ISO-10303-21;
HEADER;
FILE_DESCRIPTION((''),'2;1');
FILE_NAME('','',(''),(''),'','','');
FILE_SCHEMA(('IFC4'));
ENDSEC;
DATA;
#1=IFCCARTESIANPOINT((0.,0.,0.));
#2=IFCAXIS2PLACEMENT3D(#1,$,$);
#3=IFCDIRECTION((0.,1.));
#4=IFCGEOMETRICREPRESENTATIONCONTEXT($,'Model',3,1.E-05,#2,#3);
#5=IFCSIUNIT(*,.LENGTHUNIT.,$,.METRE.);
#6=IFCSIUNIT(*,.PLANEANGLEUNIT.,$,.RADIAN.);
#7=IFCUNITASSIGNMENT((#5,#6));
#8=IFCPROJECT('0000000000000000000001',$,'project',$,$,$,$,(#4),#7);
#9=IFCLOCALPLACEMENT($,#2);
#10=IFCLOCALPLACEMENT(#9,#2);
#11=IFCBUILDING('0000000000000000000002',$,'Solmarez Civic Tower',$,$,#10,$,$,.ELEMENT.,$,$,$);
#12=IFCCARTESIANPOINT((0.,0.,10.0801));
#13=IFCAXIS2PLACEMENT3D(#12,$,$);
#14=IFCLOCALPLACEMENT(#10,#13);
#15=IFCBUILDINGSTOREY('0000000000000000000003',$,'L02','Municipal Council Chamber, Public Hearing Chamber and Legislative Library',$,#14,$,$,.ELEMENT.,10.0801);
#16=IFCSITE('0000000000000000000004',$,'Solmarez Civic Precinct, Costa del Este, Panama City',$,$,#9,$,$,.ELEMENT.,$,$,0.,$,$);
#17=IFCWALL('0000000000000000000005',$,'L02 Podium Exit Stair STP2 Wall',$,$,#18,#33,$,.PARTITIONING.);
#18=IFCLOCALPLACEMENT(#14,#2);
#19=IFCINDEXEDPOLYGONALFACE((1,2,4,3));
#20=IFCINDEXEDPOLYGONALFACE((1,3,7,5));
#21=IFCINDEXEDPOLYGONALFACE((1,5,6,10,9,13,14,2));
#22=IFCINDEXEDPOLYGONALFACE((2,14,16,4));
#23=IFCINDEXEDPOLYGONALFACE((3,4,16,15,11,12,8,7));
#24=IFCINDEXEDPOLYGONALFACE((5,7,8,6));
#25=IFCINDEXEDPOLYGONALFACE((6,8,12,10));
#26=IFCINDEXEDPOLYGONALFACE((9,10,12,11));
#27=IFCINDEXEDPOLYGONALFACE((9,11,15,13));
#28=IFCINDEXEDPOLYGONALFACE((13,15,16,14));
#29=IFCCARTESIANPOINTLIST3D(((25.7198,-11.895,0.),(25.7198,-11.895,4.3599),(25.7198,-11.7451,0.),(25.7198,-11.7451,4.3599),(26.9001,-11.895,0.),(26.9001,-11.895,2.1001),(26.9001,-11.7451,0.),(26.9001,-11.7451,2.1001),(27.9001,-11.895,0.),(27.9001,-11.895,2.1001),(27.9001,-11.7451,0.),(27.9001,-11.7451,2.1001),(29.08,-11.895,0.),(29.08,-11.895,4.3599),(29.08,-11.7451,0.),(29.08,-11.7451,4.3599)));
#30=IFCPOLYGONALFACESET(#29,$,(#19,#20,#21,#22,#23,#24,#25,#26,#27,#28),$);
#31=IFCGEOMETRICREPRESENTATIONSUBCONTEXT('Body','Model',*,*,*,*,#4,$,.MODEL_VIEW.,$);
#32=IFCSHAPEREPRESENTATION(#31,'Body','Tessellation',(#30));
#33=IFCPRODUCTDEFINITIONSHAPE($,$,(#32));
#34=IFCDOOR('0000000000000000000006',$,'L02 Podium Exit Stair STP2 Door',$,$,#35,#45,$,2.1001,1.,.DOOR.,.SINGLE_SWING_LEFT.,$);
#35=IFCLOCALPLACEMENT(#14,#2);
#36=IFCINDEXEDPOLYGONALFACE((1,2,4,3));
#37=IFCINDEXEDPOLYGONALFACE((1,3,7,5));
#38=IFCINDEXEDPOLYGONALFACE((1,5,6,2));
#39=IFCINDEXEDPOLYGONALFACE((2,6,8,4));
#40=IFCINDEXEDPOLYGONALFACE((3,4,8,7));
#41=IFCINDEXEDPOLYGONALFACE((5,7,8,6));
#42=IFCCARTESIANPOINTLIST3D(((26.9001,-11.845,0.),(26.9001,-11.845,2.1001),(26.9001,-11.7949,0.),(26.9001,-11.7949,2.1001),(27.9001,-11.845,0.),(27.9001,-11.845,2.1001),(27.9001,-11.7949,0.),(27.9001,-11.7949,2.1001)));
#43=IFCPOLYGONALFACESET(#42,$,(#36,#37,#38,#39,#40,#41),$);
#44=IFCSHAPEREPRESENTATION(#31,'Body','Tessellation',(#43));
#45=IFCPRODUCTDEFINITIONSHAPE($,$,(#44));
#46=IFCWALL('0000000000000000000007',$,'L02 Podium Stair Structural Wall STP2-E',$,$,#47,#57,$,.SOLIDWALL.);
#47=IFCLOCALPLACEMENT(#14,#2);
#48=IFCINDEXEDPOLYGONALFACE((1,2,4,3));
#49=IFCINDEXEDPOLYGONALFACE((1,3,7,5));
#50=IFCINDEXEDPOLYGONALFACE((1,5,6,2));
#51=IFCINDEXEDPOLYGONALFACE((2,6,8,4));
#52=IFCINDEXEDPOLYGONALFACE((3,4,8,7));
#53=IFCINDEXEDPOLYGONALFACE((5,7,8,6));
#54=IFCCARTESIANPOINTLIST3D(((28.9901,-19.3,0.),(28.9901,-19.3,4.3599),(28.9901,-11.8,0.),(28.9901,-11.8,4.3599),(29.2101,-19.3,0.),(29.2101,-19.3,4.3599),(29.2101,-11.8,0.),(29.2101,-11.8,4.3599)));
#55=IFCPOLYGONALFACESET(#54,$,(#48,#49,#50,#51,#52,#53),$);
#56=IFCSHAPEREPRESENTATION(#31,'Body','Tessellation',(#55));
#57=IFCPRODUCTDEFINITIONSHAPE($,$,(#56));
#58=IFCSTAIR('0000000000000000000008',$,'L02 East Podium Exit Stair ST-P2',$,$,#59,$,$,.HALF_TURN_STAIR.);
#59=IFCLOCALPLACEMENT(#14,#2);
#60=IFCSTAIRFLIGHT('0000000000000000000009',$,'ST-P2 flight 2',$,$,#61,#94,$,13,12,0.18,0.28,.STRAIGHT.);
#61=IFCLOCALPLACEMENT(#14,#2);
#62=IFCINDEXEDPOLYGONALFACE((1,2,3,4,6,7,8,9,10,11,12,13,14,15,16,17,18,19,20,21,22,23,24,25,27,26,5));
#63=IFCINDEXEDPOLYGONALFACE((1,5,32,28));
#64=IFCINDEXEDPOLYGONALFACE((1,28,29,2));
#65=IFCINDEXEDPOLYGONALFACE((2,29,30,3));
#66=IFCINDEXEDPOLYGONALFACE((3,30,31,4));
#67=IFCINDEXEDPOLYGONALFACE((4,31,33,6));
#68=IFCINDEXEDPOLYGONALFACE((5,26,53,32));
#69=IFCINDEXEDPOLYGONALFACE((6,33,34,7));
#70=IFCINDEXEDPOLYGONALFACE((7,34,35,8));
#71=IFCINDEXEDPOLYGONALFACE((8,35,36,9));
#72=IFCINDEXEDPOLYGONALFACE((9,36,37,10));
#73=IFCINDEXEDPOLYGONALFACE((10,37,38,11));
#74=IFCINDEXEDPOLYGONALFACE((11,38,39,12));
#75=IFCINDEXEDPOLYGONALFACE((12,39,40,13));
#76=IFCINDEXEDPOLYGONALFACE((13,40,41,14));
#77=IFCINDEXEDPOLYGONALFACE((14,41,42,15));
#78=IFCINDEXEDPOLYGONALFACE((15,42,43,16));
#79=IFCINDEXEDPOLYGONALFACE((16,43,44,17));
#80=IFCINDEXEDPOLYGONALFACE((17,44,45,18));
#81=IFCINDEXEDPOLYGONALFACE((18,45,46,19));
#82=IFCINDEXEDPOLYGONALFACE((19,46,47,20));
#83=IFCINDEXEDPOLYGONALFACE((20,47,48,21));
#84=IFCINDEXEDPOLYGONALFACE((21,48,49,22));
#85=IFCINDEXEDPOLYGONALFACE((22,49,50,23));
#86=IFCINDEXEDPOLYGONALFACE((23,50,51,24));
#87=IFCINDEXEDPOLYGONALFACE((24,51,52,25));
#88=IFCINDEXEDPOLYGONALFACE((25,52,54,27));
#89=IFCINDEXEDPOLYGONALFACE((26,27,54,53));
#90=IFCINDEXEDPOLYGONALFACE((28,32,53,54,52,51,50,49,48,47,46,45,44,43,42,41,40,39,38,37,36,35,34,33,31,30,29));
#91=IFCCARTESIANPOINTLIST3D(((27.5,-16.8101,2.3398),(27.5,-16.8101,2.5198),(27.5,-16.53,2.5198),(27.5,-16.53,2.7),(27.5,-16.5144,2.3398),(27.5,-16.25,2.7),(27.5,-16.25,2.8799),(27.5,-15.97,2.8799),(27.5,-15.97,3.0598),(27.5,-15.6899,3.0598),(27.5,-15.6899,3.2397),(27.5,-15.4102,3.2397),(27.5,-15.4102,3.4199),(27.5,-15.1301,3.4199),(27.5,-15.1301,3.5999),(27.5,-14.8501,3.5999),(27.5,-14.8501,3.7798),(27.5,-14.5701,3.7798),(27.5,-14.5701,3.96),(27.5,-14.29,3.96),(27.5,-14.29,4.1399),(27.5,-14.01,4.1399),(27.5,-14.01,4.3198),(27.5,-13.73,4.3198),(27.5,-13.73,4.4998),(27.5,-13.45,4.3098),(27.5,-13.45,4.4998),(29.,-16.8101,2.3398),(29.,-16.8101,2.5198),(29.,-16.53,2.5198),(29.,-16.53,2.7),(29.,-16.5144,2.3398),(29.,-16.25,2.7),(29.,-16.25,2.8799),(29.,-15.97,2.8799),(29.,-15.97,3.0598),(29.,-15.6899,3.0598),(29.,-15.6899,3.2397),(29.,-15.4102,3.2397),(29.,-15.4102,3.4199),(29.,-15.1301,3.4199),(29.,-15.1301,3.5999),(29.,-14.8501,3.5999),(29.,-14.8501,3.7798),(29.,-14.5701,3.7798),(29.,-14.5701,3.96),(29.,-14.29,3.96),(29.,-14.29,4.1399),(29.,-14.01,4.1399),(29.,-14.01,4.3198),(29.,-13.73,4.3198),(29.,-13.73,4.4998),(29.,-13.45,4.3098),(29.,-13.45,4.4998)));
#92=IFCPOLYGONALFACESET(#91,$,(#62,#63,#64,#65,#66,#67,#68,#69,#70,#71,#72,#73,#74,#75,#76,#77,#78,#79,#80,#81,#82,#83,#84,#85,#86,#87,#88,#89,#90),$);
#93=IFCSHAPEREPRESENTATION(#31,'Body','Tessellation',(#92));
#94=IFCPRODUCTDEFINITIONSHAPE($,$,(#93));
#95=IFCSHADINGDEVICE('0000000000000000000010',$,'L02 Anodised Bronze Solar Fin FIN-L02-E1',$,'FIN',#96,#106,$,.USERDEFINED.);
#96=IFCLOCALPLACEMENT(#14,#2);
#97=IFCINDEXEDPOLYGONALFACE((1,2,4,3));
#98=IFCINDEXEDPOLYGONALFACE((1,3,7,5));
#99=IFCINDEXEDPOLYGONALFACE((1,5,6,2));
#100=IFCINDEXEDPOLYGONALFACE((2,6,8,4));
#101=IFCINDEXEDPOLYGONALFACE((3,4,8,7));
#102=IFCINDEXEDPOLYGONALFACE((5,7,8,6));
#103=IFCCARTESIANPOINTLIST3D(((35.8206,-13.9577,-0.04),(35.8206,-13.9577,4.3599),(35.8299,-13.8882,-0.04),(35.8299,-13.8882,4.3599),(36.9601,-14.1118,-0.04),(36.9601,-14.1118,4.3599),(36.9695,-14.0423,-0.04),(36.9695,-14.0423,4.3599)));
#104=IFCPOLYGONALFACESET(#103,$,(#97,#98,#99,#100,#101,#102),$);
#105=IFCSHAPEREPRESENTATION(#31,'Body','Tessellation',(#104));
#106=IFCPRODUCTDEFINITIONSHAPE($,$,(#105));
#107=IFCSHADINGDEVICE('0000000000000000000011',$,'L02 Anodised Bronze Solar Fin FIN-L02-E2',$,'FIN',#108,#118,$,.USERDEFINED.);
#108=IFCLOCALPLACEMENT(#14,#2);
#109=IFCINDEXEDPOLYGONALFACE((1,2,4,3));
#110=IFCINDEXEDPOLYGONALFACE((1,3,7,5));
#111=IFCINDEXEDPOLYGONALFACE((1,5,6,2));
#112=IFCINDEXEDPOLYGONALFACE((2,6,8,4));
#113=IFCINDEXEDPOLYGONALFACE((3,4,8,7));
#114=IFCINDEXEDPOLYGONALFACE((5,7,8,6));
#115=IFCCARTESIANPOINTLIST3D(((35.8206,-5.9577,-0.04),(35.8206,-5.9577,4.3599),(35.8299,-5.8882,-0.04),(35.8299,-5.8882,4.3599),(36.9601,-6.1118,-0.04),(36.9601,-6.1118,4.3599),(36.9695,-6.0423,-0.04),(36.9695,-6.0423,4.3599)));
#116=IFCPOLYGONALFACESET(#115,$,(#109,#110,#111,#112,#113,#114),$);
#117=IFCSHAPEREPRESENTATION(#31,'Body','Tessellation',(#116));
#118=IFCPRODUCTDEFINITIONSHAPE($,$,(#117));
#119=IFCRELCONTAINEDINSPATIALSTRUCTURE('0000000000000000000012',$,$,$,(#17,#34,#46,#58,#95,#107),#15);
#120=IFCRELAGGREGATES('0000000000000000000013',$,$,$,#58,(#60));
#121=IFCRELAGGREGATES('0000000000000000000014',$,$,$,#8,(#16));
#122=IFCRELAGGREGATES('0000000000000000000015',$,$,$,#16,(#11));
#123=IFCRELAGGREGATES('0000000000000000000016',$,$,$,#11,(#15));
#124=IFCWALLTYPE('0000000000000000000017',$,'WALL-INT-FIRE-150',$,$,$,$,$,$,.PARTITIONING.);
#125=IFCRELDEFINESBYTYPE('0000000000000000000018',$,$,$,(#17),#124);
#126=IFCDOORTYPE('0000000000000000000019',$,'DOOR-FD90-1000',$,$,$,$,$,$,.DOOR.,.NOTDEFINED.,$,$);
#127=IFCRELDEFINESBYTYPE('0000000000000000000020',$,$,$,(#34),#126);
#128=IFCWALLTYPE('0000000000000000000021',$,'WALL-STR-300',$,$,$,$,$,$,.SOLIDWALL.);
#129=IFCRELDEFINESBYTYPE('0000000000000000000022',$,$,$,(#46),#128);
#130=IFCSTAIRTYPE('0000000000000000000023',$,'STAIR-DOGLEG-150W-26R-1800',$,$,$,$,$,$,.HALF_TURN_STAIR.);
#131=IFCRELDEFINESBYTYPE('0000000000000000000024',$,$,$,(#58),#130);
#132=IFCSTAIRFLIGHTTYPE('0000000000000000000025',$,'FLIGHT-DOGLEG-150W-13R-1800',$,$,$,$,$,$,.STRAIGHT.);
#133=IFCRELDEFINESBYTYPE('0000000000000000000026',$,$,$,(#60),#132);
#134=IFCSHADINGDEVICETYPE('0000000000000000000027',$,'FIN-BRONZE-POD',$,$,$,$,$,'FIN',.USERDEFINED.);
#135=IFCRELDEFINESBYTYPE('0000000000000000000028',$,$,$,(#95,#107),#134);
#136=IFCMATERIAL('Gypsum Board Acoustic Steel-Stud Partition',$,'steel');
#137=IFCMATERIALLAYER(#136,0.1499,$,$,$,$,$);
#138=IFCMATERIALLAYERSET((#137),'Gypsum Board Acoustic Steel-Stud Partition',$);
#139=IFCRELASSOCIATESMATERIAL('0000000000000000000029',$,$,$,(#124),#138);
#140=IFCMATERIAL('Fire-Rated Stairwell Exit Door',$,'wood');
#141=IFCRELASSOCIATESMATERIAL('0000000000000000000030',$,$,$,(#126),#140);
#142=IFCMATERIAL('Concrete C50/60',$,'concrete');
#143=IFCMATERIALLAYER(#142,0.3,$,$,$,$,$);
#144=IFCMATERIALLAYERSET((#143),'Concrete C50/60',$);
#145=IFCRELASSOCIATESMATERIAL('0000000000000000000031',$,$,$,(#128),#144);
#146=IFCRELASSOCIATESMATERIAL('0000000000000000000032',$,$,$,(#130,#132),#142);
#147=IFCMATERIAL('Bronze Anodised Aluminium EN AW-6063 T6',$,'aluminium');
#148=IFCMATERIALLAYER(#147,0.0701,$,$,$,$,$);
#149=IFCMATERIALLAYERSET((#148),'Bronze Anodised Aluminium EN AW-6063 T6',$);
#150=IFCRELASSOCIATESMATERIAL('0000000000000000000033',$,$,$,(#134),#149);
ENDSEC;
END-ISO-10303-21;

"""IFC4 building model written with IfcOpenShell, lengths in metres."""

from ifc_helpers import new_model, si_unit, direction, frame, frame_2d, origin, origin_2d, place, context, subcontext, project, spatial, polyline, rectangle, outline, extrude, material, layer, layer_set, type_object, element, fill, aggregate, save


model = new_model("IFC4")

# Units and contexts
model_context = context("Model", 3, precision=1e-05, world=origin(), true_north=direction((0.0, 1.0)))
body_context = subcontext(model_context, "Body", "Model", "MODEL_VIEW")
ifc_project = project(units=[si_unit("LENGTHUNIT", "METRE"), si_unit("PLANEANGLEUNIT", "RADIAN")], contexts=[model_context])

# Site, building, storey
site_placement = place(None, origin())
site = spatial("IfcSite", under=ifc_project, at=site_placement, Name="Solmarez Civic Precinct, Costa del Este, Panama City", CompositionType="ELEMENT", RefElevation=0.0)
building_placement = place(site_placement, origin())
building = spatial("IfcBuilding", under=site, at=building_placement, Name="Solmarez Civic Tower", CompositionType="ELEMENT")
storey_placement = place(building_placement, frame((0.0, 0.0, 10.0801)))
storey = spatial("IfcBuildingStorey", under=building, at=storey_placement, Name="L02", Description="Municipal Council Chamber, Public Hearing Chamber and Legislative Library", CompositionType="ELEMENT", Elevation=10.0801)

# Wall, opening, door
ifc_material_1 = material(Name="Gypsum Board Acoustic Steel-Stud Partition", Category="steel")
ifc_layer_1 = layer(ifc_material_1, 0.1499)
ifc_layer_set_1 = layer_set([ifc_layer_1], Name="Gypsum Board Acoustic Steel-Stud Partition")
wall_type_1 = type_object("IfcWallType", Name="WALL-INT-FIRE-150", PredefinedType="PARTITIONING", material=ifc_layer_set_1)
wall_1_placement = place(storey_placement, frame((29.0801, -11.8201, 0.0), z_axis=(0.0, 0.0, 1.0), x_axis=(-1.0, 0.0, 0.0)))
wall_1 = element("IfcWall", 1, at=wall_1_placement, inside=storey, type_object=wall_type_1, Name="L02 Podium Exit Stair STP2 Wall", PredefinedType="PARTITIONING", context=body_context, shape_type="SweptSolid", body=[
    extrude(rectangle(XDim=3.3601, YDim=0.1499, at=frame_2d((1.6802, 0.0))), origin(), (0.0, 0.0, 1.0), 4.3599),
])
opening_placement = place(wall_1_placement, frame((1.1799, 0.0, 0.0)))
opening = element("IfcOpeningElement", 2, at=opening_placement, cuts=wall_1, PredefinedType="OPENING", context=body_context, shape_type="SweptSolid", body=[
    extrude(rectangle(XDim=1.0, YDim=2.1001, at=frame_2d((0.5, 1.05))), frame((0.0, 0.085, 0.0), z_axis=(0.0, -1.0, 0.0), x_axis=(1.0, 0.0, 0.0)), (0.0, 0.0, 1.0), 0.1699),
])
ifc_material_2 = material(Name="Fire-Rated Stairwell Exit Door", Category="wood")
door_type = type_object("IfcDoorType", Name="DOOR-FD90-1000", OperationType="NOTDEFINED", PredefinedType="DOOR", material=ifc_material_2)
door_placement = place(opening_placement, origin())
door = element("IfcDoor", 3, at=door_placement, inside=storey, type_object=door_type, Name="L02 Podium Exit Stair STP2 Door", OperationType="SINGLE_SWING_LEFT", OverallHeight=2.1001, OverallWidth=1.0, PredefinedType="DOOR", context=body_context, shape_type="SweptSolid", body=[
    extrude(rectangle(XDim=1.0, YDim=2.1001, at=frame_2d((0.5, 1.05))), frame((0.0, 0.0249, 0.0), z_axis=(0.0, -1.0, 0.0), x_axis=(1.0, 0.0, 0.0)), (0.0, 0.0, 1.0), 0.05),
])
fill(opening, door)

# Wall
ifc_material_3 = material(Name="Concrete C50/60", Category="concrete")
ifc_layer_2 = layer(ifc_material_3, 0.3)
ifc_layer_set_2 = layer_set([ifc_layer_2], Name="Concrete C50/60")
wall_type_2 = type_object("IfcWallType", Name="WALL-STR-300", PredefinedType="SOLIDWALL", material=ifc_layer_set_2)
wall_2_placement = place(storey_placement, frame((29.1001, -19.3, 0.0), z_axis=(0.0, 0.0, 1.0), x_axis=(0.0, 1.0, 0.0)))
element("IfcWall", 4, at=wall_2_placement, inside=storey, type_object=wall_type_2, Name="L02 Podium Stair Structural Wall STP2-E", PredefinedType="SOLIDWALL", context=body_context, shape_type="SweptSolid", body=[
    extrude(rectangle(XDim=7.5, YDim=0.22, at=frame_2d((3.75, 0.0))), origin(), (0.0, 0.0, 1.0), 4.3599),
])

# Stair, stair flight
stair_type = type_object("IfcStairType", Name="STAIR-DOGLEG-150W-26R-1800", PredefinedType="HALF_TURN_STAIR", material=ifc_material_3)
stair_placement = place(storey_placement, origin())
stair = element("IfcStair", 5, at=stair_placement, inside=storey, type_object=stair_type, Name="L02 East Podium Exit Stair ST-P2", PredefinedType="HALF_TURN_STAIR")
stair_flight_type = type_object("IfcStairFlightType", Name="FLIGHT-DOGLEG-150W-13R-1800", PredefinedType="STRAIGHT", material=ifc_material_3)
stair_flight_placement = place(storey_placement, frame((28.25, -16.8101, 2.3398), z_axis=(0.0, 0.0, 1.0), x_axis=(0.0, 1.0, 0.0)))
stair_flight = element("IfcStairFlight", 6, at=stair_flight_placement, type_object=stair_flight_type, Name="ST-P2 flight 2", NumberOfRisers=13, NumberOfTreads=12, PredefinedType="STRAIGHT", RiserHeight=0.18, TreadLength=0.28, context=body_context, shape_type="SweptSolid", body=[
    extrude(outline(polyline([(0.0, 0.0), (0.0, 0.1799), (0.28, 0.1799), (0.28, 0.3601), (0.5601, 0.3601), (0.5601, 0.54), (0.8401, 0.54), (0.8401, 0.72), (1.1201, 0.72), (1.1201, 0.8999), (1.3999, 0.8999), (1.3999, 1.0801), (1.6799, 1.0801), (1.6799, 1.26), (1.96, 1.26), (1.96, 1.4399), (2.24, 1.4399), (2.24, 1.6201), (2.52, 1.6201), (2.52, 1.8), (2.8, 1.8), (2.8, 1.98), (3.0801, 1.98), (3.0801, 2.1599), (3.3601, 2.1599), (3.3601, 2.3401), (3.3601, 1.97), (0.2957, 0.0), (0.0, 0.0)])), frame((0.0, 0.75, 0.0), z_axis=(0.0, -1.0, 0.0), x_axis=(1.0, 0.0, 0.0)), (0.0, 0.0, 1.0), 1.5),
])
aggregate(stair, [stair_flight])

# Shading devices
ifc_material_4 = material(Name="Bronze Anodised Aluminium EN AW-6063 T6", Category="aluminium")
ifc_layer_3 = layer(ifc_material_4, 0.0701)
ifc_layer_set_3 = layer_set([ifc_layer_3], Name="Bronze Anodised Aluminium EN AW-6063 T6")
shading_device_type = type_object("IfcShadingDeviceType", Name="FIN-BRONZE-POD", ElementType="FIN", PredefinedType="USERDEFINED", material=ifc_layer_set_3)
for number, where, z_axis, x_axis, name in (
    (7, (36.395, -14.0, -0.04), (0.0, 0.0, 1.0), (0.990983, -0.133986, 0.0), "L02 Anodised Bronze Solar Fin FIN-L02-E1"),
    (8, (36.395, -6.0, -0.04), (0.0, 0.0, 1.0), (0.990983, -0.133986, 0.0), "L02 Anodised Bronze Solar Fin FIN-L02-E2"),
):
    element("IfcShadingDevice", number, at=place(storey_placement, frame(where, z_axis=z_axis, x_axis=x_axis)), inside=storey, type_object=shading_device_type, Name=name, ObjectType="FIN", PredefinedType="USERDEFINED", context=body_context, shape_type="SweptSolid", body=[
        extrude(rectangle(XDim=1.1499, YDim=0.0701, at=origin_2d()), origin(), (0.0, 0.0, 1.0), 4.3999),
    ])

save(model, "model.ifc")
